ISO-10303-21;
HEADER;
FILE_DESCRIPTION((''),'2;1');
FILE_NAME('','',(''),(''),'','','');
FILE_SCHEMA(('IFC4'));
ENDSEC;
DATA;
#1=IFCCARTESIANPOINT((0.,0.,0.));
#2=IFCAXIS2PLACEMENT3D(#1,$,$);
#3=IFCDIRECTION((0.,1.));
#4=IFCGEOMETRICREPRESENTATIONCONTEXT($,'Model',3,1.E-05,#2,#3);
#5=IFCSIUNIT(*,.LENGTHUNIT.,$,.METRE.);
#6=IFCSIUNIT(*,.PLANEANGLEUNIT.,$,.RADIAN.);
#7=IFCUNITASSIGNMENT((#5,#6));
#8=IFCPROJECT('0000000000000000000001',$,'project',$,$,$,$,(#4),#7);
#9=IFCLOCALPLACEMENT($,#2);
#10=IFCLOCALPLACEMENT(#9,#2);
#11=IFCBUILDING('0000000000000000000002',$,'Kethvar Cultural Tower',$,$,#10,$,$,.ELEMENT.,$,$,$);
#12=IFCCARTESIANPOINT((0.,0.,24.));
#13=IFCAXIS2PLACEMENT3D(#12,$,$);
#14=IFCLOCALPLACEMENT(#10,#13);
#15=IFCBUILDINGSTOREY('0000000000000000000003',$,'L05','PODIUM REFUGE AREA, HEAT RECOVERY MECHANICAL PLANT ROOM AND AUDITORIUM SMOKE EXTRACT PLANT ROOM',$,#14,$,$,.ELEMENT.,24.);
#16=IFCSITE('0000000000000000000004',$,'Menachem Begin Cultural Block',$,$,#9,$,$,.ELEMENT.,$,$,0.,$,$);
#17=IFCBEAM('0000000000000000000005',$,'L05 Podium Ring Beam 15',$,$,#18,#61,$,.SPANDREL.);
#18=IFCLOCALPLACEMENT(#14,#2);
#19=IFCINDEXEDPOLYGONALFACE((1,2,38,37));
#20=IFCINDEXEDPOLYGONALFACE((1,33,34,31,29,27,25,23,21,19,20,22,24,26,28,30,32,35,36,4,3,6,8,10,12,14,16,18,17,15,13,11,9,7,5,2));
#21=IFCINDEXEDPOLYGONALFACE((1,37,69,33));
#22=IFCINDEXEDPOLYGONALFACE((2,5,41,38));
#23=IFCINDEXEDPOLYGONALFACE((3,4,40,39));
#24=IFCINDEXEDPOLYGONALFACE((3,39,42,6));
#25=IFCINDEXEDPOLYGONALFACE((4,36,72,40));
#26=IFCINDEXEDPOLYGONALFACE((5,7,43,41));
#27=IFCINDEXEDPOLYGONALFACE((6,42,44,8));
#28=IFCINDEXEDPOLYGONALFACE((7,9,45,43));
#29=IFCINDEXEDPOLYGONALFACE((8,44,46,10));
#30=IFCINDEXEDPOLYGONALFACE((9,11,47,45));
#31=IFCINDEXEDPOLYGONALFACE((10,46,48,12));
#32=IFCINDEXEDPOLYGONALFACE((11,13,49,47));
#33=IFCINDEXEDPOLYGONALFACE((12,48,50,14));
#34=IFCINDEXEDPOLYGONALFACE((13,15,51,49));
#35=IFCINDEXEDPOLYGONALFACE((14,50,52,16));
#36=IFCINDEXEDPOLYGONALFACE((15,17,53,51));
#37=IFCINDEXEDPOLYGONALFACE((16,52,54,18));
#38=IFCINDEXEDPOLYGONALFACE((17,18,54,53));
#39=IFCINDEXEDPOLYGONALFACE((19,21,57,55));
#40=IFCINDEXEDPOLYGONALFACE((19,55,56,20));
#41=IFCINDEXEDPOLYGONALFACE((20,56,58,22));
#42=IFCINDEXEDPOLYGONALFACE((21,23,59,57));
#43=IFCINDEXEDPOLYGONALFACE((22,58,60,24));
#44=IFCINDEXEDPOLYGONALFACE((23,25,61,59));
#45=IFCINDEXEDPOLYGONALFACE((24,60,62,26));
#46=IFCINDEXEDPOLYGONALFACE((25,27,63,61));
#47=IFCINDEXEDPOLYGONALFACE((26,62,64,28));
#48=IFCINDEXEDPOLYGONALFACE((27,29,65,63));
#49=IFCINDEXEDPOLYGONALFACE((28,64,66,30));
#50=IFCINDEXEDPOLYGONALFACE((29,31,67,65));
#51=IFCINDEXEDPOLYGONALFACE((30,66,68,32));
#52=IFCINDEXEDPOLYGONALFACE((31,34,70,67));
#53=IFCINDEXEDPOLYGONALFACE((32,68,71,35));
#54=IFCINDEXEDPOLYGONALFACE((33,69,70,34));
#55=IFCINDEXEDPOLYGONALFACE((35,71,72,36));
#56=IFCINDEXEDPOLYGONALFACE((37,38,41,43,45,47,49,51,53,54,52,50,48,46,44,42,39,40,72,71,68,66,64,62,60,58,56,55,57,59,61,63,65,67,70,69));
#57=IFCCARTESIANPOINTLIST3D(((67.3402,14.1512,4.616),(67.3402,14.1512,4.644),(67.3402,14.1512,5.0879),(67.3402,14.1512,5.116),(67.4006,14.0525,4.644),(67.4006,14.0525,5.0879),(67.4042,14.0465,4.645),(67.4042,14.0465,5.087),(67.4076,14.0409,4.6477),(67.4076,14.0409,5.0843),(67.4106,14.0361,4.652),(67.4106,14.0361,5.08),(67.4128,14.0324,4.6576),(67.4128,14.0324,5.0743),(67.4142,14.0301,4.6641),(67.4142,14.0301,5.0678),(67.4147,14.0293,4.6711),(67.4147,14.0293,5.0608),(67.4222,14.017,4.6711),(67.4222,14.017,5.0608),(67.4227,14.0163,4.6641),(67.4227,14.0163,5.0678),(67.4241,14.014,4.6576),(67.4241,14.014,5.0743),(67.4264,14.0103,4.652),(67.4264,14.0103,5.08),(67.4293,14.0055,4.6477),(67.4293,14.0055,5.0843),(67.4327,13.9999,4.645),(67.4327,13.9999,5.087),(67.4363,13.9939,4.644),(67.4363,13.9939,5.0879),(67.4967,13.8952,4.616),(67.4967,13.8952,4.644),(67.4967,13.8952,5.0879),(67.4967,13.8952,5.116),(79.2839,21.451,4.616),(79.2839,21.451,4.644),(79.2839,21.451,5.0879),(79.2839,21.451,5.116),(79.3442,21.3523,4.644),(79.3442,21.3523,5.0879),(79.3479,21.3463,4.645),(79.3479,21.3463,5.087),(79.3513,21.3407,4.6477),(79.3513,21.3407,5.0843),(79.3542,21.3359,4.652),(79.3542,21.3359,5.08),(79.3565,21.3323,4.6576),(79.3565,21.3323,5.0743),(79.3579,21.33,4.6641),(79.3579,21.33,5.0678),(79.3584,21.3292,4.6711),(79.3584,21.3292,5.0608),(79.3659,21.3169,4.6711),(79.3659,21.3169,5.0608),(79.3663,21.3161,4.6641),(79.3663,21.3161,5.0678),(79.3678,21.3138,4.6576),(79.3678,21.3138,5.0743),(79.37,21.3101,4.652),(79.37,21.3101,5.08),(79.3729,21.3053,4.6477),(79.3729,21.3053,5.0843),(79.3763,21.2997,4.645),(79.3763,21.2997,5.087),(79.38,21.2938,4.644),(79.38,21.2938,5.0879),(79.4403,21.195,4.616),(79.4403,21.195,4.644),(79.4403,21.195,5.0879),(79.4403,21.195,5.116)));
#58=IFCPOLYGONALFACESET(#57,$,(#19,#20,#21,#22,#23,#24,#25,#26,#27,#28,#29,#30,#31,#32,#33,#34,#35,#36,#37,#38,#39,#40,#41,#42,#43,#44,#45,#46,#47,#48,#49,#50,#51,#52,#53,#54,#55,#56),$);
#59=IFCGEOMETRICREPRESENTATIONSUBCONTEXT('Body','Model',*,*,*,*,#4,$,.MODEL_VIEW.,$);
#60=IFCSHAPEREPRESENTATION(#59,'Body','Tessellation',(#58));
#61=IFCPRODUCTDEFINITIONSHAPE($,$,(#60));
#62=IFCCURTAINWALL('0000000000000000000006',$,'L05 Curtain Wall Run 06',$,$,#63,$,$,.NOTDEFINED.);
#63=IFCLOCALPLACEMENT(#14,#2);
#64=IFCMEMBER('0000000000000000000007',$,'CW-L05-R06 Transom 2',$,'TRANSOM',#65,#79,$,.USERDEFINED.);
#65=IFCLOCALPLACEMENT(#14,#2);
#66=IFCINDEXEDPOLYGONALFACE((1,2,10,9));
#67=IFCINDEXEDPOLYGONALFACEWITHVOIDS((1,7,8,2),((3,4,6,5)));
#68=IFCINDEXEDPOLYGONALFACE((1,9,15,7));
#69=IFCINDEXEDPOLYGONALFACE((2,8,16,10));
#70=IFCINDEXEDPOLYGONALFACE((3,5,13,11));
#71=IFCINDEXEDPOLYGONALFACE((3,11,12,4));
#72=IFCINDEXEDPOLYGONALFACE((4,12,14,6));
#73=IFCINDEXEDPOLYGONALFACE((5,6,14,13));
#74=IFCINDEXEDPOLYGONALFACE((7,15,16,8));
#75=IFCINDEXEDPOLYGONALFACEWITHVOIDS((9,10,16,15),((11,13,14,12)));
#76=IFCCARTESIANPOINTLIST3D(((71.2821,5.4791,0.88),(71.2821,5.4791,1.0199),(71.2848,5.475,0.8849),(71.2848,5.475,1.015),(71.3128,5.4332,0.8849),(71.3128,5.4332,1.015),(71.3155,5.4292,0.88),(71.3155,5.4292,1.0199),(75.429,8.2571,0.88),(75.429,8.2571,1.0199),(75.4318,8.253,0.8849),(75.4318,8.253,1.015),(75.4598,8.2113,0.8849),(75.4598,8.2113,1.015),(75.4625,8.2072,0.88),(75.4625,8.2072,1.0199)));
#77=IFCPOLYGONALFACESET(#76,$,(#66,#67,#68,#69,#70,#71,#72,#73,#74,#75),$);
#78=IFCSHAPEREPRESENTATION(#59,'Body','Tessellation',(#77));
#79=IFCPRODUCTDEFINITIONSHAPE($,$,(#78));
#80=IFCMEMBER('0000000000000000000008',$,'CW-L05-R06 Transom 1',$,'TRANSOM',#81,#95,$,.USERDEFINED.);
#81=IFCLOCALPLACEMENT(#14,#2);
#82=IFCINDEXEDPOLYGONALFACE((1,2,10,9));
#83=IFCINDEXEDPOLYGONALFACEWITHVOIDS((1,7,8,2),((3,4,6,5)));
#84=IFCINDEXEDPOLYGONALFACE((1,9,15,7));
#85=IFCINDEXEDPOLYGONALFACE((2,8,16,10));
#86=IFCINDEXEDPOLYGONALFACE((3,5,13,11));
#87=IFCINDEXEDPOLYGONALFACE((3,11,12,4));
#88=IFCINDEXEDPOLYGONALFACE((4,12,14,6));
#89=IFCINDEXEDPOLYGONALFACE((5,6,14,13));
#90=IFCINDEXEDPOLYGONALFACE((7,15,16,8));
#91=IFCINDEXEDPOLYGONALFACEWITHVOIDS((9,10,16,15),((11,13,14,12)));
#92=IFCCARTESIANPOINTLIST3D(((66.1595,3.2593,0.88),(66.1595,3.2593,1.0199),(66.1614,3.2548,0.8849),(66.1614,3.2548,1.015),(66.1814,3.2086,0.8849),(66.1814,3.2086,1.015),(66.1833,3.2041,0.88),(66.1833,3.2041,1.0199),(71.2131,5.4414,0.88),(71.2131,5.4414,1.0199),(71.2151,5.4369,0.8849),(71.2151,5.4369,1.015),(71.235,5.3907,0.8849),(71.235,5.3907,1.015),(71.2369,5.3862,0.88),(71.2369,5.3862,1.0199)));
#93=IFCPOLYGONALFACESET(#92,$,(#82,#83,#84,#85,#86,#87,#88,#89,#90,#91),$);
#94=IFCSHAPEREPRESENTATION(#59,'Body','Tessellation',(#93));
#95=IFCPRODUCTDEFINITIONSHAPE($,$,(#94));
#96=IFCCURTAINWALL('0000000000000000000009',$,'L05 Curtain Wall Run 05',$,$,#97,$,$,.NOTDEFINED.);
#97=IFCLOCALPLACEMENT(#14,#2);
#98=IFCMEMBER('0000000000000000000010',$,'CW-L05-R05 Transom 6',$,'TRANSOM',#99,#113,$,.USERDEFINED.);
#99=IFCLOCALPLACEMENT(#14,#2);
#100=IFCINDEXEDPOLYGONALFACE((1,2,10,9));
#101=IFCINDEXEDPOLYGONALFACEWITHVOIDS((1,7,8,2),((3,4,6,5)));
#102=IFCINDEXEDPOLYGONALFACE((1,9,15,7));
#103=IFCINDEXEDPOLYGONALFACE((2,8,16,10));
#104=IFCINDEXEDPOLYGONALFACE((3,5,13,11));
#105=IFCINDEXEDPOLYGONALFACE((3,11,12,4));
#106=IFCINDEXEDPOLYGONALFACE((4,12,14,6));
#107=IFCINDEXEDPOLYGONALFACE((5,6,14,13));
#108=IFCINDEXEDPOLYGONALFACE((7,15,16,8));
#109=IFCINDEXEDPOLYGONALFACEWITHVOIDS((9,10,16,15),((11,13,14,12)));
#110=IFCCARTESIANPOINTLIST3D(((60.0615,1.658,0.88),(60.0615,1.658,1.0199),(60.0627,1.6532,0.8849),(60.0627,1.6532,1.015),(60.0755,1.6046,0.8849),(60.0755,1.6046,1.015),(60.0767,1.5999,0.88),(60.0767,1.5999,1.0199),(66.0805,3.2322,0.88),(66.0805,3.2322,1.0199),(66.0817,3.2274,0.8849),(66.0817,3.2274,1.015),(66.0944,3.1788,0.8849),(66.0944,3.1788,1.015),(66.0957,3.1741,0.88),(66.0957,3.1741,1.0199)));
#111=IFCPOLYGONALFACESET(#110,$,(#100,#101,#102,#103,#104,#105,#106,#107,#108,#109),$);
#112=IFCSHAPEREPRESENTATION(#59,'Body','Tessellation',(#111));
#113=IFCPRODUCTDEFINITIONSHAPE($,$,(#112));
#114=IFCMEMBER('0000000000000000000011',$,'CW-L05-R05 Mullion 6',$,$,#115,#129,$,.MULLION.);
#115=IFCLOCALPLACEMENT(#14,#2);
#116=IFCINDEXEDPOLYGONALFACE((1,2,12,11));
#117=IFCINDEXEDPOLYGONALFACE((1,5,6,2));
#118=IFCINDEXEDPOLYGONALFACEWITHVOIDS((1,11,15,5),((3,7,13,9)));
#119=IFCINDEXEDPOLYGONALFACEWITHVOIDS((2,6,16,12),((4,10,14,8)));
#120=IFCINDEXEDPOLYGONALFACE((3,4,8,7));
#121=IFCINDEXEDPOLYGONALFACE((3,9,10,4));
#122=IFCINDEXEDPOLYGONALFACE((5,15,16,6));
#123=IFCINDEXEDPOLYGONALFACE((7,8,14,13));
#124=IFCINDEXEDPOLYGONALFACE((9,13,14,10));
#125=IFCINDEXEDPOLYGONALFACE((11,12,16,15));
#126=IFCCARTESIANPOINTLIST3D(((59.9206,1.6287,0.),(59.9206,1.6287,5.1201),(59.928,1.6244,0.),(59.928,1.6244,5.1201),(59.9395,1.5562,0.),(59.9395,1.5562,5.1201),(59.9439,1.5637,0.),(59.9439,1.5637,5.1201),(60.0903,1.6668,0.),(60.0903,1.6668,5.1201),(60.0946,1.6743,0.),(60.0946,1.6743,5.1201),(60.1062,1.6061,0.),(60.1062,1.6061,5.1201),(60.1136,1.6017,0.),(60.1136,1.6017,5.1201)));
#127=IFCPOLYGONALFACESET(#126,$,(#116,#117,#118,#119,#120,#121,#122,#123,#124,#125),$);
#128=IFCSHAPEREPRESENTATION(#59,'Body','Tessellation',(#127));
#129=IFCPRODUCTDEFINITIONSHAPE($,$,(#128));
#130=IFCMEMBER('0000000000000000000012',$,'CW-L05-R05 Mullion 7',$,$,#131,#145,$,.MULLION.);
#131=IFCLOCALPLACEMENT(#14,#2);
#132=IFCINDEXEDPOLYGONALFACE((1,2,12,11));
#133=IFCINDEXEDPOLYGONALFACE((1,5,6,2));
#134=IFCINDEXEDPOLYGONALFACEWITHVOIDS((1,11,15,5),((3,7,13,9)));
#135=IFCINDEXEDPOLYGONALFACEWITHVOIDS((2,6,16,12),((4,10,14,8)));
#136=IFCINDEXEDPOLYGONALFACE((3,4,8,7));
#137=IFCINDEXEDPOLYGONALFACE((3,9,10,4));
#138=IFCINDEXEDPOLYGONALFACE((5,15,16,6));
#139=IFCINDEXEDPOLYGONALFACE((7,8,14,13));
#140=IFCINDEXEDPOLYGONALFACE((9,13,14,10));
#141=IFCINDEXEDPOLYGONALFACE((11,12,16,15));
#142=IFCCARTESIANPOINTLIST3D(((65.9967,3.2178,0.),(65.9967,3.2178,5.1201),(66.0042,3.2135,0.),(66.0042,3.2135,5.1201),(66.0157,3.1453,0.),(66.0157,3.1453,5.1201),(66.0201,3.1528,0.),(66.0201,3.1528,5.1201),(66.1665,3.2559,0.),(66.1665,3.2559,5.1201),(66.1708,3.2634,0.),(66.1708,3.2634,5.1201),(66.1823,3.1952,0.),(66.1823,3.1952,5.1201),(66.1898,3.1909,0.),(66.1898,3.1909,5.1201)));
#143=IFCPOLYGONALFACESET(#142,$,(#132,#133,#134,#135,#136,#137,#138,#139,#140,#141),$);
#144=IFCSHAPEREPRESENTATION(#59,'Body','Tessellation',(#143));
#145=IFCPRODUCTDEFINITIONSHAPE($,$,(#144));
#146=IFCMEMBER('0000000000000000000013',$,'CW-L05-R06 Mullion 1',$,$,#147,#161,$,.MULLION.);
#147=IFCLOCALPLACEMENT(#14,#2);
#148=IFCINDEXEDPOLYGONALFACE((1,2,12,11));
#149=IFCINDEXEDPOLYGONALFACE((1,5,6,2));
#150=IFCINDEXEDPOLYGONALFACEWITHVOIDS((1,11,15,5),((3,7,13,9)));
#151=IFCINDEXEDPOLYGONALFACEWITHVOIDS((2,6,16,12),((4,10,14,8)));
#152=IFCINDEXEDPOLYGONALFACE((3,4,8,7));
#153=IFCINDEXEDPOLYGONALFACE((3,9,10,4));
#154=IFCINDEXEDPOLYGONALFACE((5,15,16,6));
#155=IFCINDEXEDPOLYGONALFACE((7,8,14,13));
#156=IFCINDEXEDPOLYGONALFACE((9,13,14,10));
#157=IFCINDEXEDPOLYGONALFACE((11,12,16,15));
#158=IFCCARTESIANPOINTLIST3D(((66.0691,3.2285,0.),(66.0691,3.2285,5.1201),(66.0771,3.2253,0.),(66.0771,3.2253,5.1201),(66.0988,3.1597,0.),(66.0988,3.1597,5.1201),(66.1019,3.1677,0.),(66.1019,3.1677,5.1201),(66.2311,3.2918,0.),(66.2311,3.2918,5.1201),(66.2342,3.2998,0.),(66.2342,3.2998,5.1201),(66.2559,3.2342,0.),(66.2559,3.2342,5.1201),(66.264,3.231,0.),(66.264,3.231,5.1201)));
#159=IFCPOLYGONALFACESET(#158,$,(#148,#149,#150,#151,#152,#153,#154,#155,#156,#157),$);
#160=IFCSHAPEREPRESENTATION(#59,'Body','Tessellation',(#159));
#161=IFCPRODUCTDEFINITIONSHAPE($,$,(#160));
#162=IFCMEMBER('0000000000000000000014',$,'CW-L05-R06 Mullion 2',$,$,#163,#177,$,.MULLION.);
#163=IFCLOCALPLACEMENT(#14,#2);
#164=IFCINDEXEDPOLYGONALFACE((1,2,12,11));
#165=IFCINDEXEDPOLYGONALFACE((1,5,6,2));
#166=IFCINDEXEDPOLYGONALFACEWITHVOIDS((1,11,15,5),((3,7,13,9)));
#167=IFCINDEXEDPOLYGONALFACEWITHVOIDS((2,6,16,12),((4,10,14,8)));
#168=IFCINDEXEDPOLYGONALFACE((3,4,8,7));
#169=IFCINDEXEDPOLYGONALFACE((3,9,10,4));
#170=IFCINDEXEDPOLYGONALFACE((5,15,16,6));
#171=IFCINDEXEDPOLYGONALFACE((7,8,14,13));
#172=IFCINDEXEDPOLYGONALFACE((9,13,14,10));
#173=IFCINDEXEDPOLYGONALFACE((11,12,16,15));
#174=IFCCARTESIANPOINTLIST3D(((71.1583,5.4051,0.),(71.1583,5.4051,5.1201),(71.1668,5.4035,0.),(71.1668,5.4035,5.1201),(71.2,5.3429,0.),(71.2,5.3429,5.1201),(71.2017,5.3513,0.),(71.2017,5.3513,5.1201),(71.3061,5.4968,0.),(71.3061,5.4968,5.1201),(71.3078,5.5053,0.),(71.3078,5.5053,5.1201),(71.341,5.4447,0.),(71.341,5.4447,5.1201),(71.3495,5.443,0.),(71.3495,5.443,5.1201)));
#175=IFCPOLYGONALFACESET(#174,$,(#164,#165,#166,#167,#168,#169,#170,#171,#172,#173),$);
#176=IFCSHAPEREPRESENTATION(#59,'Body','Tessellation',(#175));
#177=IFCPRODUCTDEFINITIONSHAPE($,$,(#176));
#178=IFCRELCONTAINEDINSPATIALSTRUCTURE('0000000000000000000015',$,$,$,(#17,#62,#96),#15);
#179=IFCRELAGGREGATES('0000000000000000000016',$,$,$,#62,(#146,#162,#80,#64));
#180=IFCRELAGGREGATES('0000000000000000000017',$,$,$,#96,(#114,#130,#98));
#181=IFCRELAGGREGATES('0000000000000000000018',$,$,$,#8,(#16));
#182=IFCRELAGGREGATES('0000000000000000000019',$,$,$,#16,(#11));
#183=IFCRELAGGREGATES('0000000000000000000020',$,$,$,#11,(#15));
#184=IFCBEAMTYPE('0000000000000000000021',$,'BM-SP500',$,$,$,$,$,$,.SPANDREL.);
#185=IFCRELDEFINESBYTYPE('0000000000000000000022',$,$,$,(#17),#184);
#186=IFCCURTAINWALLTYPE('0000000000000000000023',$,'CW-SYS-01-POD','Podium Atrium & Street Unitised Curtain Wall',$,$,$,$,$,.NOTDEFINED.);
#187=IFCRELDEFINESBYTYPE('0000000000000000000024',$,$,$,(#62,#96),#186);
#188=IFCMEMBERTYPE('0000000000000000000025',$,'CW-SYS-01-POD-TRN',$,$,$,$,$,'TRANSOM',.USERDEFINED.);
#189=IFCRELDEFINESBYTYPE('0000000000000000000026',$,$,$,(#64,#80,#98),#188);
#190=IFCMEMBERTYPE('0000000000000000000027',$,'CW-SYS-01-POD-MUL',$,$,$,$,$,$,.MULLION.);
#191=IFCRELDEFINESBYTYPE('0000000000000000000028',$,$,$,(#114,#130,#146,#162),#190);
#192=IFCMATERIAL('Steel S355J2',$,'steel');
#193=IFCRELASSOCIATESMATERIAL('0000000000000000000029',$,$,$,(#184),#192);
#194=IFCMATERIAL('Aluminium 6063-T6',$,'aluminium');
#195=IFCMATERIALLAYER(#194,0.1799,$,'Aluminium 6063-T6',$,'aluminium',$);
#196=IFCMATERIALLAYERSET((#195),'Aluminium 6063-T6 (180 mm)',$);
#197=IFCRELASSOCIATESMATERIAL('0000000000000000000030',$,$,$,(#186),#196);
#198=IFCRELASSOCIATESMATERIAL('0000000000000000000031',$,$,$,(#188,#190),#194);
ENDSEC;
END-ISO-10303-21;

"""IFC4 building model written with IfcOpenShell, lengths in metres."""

from ifc_helpers import new_model, si_unit, direction, frame, origin, origin_2d, place, context, subcontext, project, spatial, hollow_rectangle, i_section, extrude, source, transform, mapped, material, layer, layer_set, material_profile, profile_set, type_object, element, aggregate, save


model = new_model("IFC4")

# Units and contexts
model_context = context("Model", 3, precision=1e-05, world=origin(), true_north=direction((0.0, 1.0)))
body_context = subcontext(model_context, "Body", "Model", "MODEL_VIEW")
ifc_project = project(units=[si_unit("LENGTHUNIT", "METRE"), si_unit("PLANEANGLEUNIT", "RADIAN")], contexts=[model_context])

# Site, building, storey
site_placement = place(None, origin())
site = spatial("IfcSite", under=ifc_project, at=site_placement, Name="Menachem Begin Cultural Block", CompositionType="ELEMENT", RefElevation=0.0)
building_placement = place(site_placement, origin())
building = spatial("IfcBuilding", under=site, at=building_placement, Name="Kethvar Cultural Tower", CompositionType="ELEMENT")
storey_placement = place(building_placement, frame((0.0, 0.0, 24.0)))
storey = spatial("IfcBuildingStorey", under=building, at=storey_placement, Name="L05", Description="PODIUM REFUGE AREA, HEAT RECOVERY MECHANICAL PLANT ROOM AND AUDITORIUM SMOKE EXTRACT PLANT ROOM", CompositionType="ELEMENT", Elevation=24.0)

# Beam
ifc_material_1 = material(Name="Steel S355J2", Category="steel")
ifc_material_profile_1 = material_profile(ifc_material_1, i_section(OverallWidth=0.3, OverallDepth=0.5, WebThickness=0.0144, FlangeThickness=0.0281, FilletRadius=0.0271, at=origin_2d()), Name="Steel S355J2 — HEB500")
ifc_profile_set_1 = profile_set([ifc_material_profile_1], Name="Steel S355J2 — HEB500")
beam_type = type_object("IfcBeamType", Name="BM-SP500", PredefinedType="SPANDREL", material=ifc_profile_set_1)
shared_shape_1 = source(origin(), body_context, "Body", "SweptSolid", [
    extrude(i_section(OverallWidth=0.3, OverallDepth=0.5, WebThickness=0.0144, FlangeThickness=0.0281, FilletRadius=0.0271, at=origin_2d()), origin(), (0.0, 0.0, 1.0), 13.9978),
])
beam_1_placement = place(storey_placement, frame((67.4185, 14.0232, 4.866), z_axis=(0.853252, 0.521499, 0.0), x_axis=(-0.521499, 0.853252, 0.0)))
element("IfcBeam", 1, at=beam_1_placement, inside=storey, type_object=beam_type, Name="L05 Podium Ring Beam 15", PredefinedType="SPANDREL", context=body_context, shape_type="MappedRepresentation", body=[
    mapped(shared_shape_1, transform((0.0, 0.0, 0.0), scale=1.0)),
])

# Curtain walls, members
ifc_material_2 = material(Name="Aluminium 6063-T6", Category="aluminium")
ifc_layer_1 = layer(ifc_material_2, 0.1799, Name="Aluminium 6063-T6", Category="aluminium")
ifc_layer_set_1 = layer_set([ifc_layer_1], Name="Aluminium 6063-T6 (180 mm)")
curtain_wall_type = type_object("IfcCurtainWallType", Name="CW-SYS-01-POD", Description="Podium Atrium & Street Unitised Curtain Wall", PredefinedType="NOTDEFINED", material=ifc_layer_set_1)
curtain_wall_1_placement = place(storey_placement, origin())
curtain_wall_1 = element("IfcCurtainWall", 2, at=curtain_wall_1_placement, inside=storey, type_object=curtain_wall_type, Name="L05 Curtain Wall Run 06", PredefinedType="NOTDEFINED")
ifc_material_profile_2 = material_profile(ifc_material_2, hollow_rectangle(XDim=0.0601, YDim=0.1399, WallThickness=0.0049, at=origin_2d()), Name="Aluminium 6063-T6 — RHS140x60x5")
ifc_profile_set_2 = profile_set([ifc_material_profile_2], Name="Aluminium 6063-T6 — RHS140x60x5")
member_type_1 = type_object("IfcMemberType", Name="CW-SYS-01-POD-TRN", ElementType="TRANSOM", PredefinedType="USERDEFINED", material=ifc_profile_set_2)
shared_shape_2 = source(origin(), body_context, "Body", "SweptSolid", [
    extrude(hollow_rectangle(XDim=0.0601, YDim=0.1399, WallThickness=0.0049, at=origin_2d()), origin(), (0.0, 0.0, 1.0), 4.9915),
])
member_1_placement = place(storey_placement, frame((71.2988, 5.4541, 0.95), z_axis=(0.830807, 0.556561, 0.0), x_axis=(-0.556561, 0.830807, 0.0)))
member_1 = element("IfcMember", 3, at=member_1_placement, type_object=member_type_1, Name="CW-L05-R06 Transom 2", ObjectType="TRANSOM", PredefinedType="USERDEFINED", context=body_context, shape_type="MappedRepresentation", body=[
    mapped(shared_shape_2, transform((0.0, 0.0, 0.0), scale=1.0)),
])
shared_shape_3 = source(origin(), body_context, "Body", "SweptSolid", [
    extrude(hollow_rectangle(XDim=0.0601, YDim=0.1399, WallThickness=0.0049, at=origin_2d()), origin(), (0.0, 0.0, 1.0), 5.5046),
])
member_2_placement = place(storey_placement, frame((66.1714, 3.2317, 0.95), z_axis=(0.918073, 0.396412, 0.0), x_axis=(-0.396412, 0.918073, 0.0)))
member_2 = element("IfcMember", 4, at=member_2_placement, type_object=member_type_1, Name="CW-L05-R06 Transom 1", ObjectType="TRANSOM", PredefinedType="USERDEFINED", context=body_context, shape_type="MappedRepresentation", body=[
    mapped(shared_shape_3, transform((0.0, 0.0, 0.0), scale=1.0)),
])
curtain_wall_2_placement = place(storey_placement, origin())
curtain_wall_2 = element("IfcCurtainWall", 5, at=curtain_wall_2_placement, inside=storey, type_object=curtain_wall_type, Name="L05 Curtain Wall Run 05", PredefinedType="NOTDEFINED")
shared_shape_4 = source(origin(), body_context, "Body", "SweptSolid", [
    extrude(hollow_rectangle(XDim=0.0601, YDim=0.1399, WallThickness=0.0049, at=origin_2d()), origin(), (0.0, 0.0, 1.0), 6.2214),
])
member_3_placement = place(storey_placement, frame((60.0691, 1.6289, 0.95), z_axis=(0.967459, 0.253029, 0.0), x_axis=(-0.253029, 0.967459, 0.0)))
member_3 = element("IfcMember", 6, at=member_3_placement, type_object=member_type_1, Name="CW-L05-R05 Transom 6", ObjectType="TRANSOM", PredefinedType="USERDEFINED", context=body_context, shape_type="MappedRepresentation", body=[
    mapped(shared_shape_4, transform((0.0, 0.0, 0.0), scale=1.0)),
])
ifc_material_profile_3 = material_profile(ifc_material_2, hollow_rectangle(XDim=0.075, YDim=0.1799, WallThickness=0.0061, at=origin_2d()), Name="Aluminium 6063-T6 — RHS180x75x6")
ifc_profile_set_3 = profile_set([ifc_material_profile_3], Name="Aluminium 6063-T6 — RHS180x75x6")
member_type_2 = type_object("IfcMemberType", Name="CW-SYS-01-POD-MUL", PredefinedType="MULLION", material=ifc_profile_set_3)
shared_shape_5 = source(origin(), body_context, "Body", "SweptSolid", [
    extrude(hollow_rectangle(XDim=0.075, YDim=0.1799, WallThickness=0.0061, at=origin_2d()), origin(), (0.0, 0.0, 1.0), 5.1201),
])
member_4_placement = place(storey_placement, frame((60.0171, 1.6152, 0.0), z_axis=(0.0, 0.0, 1.0), x_axis=(-0.253032, 0.967458, 0.0)))
member_4 = element("IfcMember", 7, at=member_4_placement, type_object=member_type_2, Name="CW-L05-R05 Mullion 6", PredefinedType="MULLION", context=body_context, shape_type="MappedRepresentation", body=[
    mapped(shared_shape_5, transform((0.0, 0.0, 0.0), scale=1.0)),
])
member_5_placement = place(storey_placement, frame((66.0933, 3.2043, 0.0), z_axis=(0.0, 0.0, 1.0), x_axis=(-0.253032, 0.967458, 0.0)))
member_5 = element("IfcMember", 8, at=member_5_placement, type_object=member_type_2, Name="CW-L05-R05 Mullion 7", PredefinedType="MULLION", context=body_context, shape_type="MappedRepresentation", body=[
    mapped(shared_shape_5, transform((0.0, 0.0, 0.0), scale=1.0)),
])

# Members
member_6_placement = place(storey_placement, frame((66.1665, 3.2297, 0.0), z_axis=(0.0, 0.0, 1.0), x_axis=(-0.396411, 0.918073, 0.0)))
member_6 = element("IfcMember", 9, at=member_6_placement, type_object=member_type_2, Name="CW-L05-R06 Mullion 1", PredefinedType="MULLION", context=body_context, shape_type="MappedRepresentation", body=[
    mapped(shared_shape_5, transform((0.0, 0.0, 0.0), scale=1.0)),
])
member_7_placement = place(storey_placement, frame((71.2539, 5.4241, 0.0), z_axis=(0.0, 0.0, 1.0), x_axis=(-0.556557, 0.83081, 0.0)))
member_7 = element("IfcMember", 10, at=member_7_placement, type_object=member_type_2, Name="CW-L05-R06 Mullion 2", PredefinedType="MULLION", context=body_context, shape_type="MappedRepresentation", body=[
    mapped(shared_shape_5, transform((0.0, 0.0, 0.0), scale=1.0)),
])

aggregate(curtain_wall_1, [member_6, member_7, member_2, member_1])
aggregate(curtain_wall_2, [member_4, member_5, member_3])

save(model, "model.ifc")
